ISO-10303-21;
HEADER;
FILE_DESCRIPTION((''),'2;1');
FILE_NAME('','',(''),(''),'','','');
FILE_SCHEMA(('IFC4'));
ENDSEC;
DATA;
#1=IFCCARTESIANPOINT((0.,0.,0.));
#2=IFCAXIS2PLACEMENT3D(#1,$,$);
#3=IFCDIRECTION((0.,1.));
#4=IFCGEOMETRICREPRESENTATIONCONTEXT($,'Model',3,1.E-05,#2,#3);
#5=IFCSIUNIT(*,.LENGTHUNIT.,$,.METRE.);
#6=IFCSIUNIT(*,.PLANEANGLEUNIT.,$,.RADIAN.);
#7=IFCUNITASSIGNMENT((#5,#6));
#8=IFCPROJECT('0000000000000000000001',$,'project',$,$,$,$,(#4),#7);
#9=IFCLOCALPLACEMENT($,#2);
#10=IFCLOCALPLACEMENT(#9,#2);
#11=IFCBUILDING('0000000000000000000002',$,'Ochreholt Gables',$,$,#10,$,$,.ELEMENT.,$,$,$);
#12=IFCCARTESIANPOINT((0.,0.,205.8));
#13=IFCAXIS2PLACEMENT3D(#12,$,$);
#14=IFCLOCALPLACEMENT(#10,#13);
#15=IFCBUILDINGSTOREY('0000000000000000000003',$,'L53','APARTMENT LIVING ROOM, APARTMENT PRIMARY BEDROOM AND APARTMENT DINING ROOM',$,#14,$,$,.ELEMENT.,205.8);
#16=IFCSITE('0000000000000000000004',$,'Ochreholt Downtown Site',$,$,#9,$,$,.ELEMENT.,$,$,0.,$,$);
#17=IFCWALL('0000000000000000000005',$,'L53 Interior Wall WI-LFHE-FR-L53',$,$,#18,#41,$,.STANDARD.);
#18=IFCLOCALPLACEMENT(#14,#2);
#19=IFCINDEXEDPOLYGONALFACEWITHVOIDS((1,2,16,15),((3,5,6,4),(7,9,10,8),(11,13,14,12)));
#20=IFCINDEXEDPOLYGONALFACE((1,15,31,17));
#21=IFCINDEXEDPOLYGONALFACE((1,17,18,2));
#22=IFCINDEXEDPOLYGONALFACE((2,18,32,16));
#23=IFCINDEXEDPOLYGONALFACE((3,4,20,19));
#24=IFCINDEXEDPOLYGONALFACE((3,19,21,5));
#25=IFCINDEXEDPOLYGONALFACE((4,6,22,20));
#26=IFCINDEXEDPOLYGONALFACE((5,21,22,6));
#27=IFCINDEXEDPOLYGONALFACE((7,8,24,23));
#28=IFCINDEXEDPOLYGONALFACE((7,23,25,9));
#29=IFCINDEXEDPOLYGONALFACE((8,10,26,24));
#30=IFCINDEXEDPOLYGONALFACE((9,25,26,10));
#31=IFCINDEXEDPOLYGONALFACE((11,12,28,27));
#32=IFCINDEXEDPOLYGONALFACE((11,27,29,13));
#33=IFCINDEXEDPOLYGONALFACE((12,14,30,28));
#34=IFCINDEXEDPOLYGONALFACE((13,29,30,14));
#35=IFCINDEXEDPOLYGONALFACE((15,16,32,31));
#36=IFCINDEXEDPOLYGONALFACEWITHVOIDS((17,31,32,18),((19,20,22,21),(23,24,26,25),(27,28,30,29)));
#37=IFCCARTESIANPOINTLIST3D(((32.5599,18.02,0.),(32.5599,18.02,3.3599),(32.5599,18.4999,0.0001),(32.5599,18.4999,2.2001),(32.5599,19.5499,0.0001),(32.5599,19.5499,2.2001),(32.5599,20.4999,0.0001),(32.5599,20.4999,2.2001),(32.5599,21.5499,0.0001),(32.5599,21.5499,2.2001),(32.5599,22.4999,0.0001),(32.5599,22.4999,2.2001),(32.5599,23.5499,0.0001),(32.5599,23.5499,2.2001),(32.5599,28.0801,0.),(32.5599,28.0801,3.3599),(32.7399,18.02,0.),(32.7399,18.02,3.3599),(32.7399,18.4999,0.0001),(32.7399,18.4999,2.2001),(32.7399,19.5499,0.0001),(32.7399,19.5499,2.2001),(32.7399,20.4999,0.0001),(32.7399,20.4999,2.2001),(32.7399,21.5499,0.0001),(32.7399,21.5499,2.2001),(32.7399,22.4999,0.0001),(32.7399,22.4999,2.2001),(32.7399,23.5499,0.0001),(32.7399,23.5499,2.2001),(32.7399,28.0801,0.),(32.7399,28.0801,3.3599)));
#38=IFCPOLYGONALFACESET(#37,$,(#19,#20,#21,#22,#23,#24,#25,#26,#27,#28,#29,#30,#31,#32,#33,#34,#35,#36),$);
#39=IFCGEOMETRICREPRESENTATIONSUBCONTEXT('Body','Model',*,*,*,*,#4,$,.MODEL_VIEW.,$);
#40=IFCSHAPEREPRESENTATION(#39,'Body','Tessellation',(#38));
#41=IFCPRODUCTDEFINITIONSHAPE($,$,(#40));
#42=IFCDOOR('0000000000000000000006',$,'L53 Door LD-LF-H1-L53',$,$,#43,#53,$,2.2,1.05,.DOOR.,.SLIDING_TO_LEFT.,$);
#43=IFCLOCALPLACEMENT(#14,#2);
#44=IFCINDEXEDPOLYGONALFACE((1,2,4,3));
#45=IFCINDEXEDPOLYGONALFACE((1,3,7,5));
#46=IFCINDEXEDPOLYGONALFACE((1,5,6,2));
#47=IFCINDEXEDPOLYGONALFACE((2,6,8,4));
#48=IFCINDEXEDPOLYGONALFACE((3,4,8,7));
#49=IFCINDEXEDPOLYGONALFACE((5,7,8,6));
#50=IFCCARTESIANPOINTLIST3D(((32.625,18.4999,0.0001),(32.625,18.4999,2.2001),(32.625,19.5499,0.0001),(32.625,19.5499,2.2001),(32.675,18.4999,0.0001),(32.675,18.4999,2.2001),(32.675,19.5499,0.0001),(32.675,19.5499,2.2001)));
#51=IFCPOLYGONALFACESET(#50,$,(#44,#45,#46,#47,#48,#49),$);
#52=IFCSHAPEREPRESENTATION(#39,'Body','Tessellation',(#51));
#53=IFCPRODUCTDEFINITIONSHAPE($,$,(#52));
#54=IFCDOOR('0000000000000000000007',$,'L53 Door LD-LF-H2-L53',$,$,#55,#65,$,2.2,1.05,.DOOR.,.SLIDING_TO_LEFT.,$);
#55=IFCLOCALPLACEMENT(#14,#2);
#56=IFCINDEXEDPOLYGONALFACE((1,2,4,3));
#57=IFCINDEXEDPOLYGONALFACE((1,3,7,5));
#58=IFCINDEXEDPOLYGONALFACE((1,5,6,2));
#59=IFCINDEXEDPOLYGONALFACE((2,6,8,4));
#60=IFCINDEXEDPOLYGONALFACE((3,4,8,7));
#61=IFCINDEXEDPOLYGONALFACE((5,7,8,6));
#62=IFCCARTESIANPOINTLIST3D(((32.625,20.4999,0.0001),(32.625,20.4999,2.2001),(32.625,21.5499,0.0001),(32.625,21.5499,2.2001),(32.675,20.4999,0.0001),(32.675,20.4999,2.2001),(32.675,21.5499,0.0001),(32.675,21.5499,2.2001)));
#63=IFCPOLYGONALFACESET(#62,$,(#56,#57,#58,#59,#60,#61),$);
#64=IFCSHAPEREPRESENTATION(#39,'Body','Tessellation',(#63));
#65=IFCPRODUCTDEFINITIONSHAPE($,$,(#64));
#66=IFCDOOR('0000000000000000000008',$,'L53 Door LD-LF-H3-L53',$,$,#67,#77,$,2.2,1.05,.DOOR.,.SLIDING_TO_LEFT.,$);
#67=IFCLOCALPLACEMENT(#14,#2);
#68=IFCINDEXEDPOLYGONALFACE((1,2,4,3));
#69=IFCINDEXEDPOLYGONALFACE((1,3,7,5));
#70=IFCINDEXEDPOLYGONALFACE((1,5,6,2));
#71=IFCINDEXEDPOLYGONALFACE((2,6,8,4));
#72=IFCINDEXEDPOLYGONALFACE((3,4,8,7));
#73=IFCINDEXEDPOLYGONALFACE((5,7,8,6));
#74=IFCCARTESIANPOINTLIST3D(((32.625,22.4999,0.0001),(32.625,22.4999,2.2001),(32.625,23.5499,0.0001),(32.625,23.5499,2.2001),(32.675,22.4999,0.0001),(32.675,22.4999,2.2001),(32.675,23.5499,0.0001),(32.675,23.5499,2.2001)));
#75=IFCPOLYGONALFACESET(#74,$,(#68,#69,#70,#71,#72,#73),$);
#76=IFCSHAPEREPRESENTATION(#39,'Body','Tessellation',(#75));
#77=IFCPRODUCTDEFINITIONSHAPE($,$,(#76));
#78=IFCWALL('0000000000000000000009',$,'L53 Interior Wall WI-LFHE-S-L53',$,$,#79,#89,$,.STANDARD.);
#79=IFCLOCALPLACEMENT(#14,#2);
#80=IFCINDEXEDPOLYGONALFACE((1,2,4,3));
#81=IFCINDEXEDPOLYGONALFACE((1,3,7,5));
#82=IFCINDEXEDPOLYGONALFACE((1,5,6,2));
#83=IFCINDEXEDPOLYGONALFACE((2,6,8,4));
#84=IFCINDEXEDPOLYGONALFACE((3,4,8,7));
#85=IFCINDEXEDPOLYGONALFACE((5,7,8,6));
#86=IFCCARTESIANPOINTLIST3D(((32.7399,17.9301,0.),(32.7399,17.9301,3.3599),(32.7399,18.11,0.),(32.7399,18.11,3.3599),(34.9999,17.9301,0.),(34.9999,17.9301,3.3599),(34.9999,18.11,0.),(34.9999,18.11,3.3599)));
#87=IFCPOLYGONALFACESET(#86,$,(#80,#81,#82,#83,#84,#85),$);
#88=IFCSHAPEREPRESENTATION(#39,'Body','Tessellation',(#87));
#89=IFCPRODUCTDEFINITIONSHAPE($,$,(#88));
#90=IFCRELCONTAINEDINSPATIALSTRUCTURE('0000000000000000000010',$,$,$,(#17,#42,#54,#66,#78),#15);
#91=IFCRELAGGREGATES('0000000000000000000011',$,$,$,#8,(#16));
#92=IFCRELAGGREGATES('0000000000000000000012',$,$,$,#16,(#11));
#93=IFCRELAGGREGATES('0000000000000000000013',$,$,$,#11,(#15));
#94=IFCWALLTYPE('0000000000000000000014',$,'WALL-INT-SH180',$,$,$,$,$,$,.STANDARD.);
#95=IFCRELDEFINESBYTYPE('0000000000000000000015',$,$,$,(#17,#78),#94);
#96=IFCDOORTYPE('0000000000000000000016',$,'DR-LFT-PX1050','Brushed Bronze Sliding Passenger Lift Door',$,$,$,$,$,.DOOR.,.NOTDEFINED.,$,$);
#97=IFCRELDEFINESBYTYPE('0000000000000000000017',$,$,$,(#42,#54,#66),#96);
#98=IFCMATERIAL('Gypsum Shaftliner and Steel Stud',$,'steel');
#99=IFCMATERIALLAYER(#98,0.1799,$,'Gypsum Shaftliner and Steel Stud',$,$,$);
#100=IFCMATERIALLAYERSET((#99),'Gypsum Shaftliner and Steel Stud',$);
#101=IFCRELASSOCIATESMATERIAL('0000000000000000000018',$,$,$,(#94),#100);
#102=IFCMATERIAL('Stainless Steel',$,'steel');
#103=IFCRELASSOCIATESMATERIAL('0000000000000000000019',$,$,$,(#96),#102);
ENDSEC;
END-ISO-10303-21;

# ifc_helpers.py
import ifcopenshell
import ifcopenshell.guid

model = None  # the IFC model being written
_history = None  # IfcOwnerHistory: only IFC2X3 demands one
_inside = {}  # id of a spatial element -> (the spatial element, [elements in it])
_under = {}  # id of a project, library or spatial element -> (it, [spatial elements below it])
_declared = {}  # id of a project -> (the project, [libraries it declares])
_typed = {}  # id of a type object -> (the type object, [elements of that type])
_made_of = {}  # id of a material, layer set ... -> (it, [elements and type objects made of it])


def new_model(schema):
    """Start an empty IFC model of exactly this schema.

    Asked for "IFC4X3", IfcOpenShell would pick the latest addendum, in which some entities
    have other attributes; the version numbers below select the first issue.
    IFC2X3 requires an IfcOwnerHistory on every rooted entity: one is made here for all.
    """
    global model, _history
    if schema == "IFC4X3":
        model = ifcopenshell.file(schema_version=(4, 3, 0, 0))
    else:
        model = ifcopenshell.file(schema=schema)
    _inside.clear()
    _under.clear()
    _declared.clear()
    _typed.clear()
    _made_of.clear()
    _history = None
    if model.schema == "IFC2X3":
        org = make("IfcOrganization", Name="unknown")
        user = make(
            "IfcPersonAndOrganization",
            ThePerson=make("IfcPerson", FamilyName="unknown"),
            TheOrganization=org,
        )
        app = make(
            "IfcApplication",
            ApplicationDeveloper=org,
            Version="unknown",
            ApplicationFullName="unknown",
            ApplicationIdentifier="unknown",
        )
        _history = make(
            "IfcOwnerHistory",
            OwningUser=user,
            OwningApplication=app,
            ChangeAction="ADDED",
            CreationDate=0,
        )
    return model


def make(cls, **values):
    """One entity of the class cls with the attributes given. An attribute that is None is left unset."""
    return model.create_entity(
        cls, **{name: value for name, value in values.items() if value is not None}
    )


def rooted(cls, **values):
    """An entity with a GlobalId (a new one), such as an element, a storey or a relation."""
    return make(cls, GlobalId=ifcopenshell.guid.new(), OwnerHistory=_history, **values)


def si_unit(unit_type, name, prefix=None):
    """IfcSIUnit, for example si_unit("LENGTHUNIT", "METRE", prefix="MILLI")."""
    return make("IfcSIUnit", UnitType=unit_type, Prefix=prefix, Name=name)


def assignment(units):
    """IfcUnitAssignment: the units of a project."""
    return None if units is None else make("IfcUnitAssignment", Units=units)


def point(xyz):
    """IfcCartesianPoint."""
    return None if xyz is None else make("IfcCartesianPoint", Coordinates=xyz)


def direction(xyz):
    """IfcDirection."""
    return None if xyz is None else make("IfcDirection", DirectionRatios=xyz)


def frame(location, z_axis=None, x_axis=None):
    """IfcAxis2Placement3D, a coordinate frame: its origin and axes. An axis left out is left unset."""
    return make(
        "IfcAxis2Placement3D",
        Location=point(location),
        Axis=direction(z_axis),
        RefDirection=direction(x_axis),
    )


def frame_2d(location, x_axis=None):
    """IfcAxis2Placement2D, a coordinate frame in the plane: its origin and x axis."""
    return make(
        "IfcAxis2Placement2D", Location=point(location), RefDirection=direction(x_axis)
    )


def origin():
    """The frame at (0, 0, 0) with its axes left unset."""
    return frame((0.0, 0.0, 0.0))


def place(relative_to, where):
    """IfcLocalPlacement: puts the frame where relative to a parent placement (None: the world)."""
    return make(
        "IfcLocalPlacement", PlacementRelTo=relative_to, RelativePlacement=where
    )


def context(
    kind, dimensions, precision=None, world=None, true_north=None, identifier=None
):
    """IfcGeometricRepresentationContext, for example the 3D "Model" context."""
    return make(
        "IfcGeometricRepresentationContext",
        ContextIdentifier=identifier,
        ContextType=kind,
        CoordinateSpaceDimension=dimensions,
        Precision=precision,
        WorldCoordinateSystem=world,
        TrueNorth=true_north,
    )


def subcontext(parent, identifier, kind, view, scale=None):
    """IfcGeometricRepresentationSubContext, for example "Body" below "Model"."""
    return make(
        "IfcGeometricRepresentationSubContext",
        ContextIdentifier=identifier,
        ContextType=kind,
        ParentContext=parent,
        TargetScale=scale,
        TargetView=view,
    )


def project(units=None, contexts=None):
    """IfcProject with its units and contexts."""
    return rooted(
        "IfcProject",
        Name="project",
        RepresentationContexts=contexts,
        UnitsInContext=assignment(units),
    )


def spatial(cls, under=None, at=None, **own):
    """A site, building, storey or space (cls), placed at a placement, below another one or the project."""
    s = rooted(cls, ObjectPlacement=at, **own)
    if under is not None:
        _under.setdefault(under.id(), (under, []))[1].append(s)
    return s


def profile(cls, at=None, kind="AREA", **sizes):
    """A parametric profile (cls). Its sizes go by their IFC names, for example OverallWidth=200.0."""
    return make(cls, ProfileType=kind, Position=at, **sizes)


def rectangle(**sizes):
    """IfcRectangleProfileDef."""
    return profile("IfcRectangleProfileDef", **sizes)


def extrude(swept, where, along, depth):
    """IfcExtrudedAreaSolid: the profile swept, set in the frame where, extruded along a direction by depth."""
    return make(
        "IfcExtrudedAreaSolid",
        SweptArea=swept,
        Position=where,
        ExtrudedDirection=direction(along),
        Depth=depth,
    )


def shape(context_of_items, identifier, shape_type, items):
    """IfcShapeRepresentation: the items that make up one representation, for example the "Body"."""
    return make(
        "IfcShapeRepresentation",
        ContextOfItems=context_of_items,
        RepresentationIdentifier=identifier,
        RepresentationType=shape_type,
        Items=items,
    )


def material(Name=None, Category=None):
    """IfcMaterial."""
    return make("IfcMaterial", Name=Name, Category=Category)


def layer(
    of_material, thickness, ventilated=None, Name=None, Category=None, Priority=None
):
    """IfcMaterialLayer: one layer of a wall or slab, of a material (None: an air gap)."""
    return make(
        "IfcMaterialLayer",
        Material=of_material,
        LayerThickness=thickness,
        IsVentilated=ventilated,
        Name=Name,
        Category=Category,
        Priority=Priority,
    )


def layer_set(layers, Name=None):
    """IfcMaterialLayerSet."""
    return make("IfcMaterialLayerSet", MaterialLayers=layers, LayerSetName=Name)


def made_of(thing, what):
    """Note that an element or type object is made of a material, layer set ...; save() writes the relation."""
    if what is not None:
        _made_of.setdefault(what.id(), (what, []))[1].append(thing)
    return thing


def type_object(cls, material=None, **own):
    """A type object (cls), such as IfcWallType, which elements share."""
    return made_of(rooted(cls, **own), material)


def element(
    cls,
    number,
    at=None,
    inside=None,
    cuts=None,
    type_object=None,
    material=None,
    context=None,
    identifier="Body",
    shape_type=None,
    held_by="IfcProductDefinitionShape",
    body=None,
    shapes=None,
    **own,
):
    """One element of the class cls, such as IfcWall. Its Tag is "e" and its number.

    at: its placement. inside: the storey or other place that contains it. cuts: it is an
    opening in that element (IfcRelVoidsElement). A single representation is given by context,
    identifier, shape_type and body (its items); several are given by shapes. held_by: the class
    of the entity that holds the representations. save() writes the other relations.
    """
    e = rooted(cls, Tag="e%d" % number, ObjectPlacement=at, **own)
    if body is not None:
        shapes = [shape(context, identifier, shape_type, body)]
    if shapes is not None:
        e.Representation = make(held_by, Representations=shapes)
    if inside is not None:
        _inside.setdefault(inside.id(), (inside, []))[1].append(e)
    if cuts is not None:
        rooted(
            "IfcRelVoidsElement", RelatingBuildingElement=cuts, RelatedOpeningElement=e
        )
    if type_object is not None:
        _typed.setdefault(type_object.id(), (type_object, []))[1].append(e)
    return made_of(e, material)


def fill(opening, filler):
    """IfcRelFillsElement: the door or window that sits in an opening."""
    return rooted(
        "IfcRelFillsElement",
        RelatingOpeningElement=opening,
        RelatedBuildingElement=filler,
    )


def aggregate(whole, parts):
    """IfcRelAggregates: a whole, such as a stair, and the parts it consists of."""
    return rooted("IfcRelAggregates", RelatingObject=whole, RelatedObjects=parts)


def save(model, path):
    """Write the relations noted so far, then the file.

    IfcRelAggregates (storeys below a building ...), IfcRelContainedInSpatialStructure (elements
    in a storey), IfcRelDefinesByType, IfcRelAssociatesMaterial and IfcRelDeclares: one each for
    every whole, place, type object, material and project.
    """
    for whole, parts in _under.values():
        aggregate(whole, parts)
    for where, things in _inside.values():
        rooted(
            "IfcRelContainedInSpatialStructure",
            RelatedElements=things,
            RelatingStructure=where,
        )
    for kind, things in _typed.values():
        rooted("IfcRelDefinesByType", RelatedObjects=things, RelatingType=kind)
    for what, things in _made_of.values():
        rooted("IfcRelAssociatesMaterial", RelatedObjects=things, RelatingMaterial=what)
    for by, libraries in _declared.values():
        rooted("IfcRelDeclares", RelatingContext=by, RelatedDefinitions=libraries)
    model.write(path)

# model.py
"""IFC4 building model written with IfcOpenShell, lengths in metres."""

from ifc_helpers import new_model, si_unit, direction, frame, frame_2d, origin, place, context, subcontext, project, spatial, rectangle, extrude, material, layer, layer_set, type_object, element, fill, save


model = new_model("IFC4")

# Units and contexts
model_context = context("Model", 3, precision=1e-05, world=origin(), true_north=direction((0.0, 1.0)))
body_context = subcontext(model_context, "Body", "Model", "MODEL_VIEW")
ifc_project = project(units=[si_unit("LENGTHUNIT", "METRE"), si_unit("PLANEANGLEUNIT", "RADIAN")], contexts=[model_context])

# Site, building, storey
site_placement = place(None, origin())
site = spatial("IfcSite", under=ifc_project, at=site_placement, Name="Ochreholt Downtown Site", CompositionType="ELEMENT", RefElevation=0.0)
building_placement = place(site_placement, origin())
building = spatial("IfcBuilding", under=site, at=building_placement, Name="Ochreholt Gables", CompositionType="ELEMENT")
storey_placement = place(building_placement, frame((0.0, 0.0, 205.8)))
storey = spatial("IfcBuildingStorey", under=building, at=storey_placement, Name="L53", Description="APARTMENT LIVING ROOM, APARTMENT PRIMARY BEDROOM AND APARTMENT DINING ROOM", CompositionType="ELEMENT", Elevation=205.8)

# Shared definitions
ifc_material_1 = material(Name="Gypsum Shaftliner and Steel Stud", Category="steel")
ifc_layer_1 = layer(ifc_material_1, 0.1799, Name="Gypsum Shaftliner and Steel Stud")
ifc_layer_set_1 = layer_set([ifc_layer_1], Name="Gypsum Shaftliner and Steel Stud")
wall_type_1 = type_object("IfcWallType", Name="WALL-INT-SH180", PredefinedType="STANDARD", material=ifc_layer_set_1)

# Wall, openings, doors
wall_1_placement = place(storey_placement, frame((32.6499, 18.02, 0.0), z_axis=(0.0, 0.0, 1.0), x_axis=(0.0, 1.0, 0.0)))
wall_1 = element("IfcWall", 1, at=wall_1_placement, inside=storey, type_object=wall_type_1, Name="L53 Interior Wall WI-LFHE-FR-L53", PredefinedType="STANDARD", context=body_context, shape_type="SweptSolid", body=[
    extrude(rectangle(XDim=10.0601, YDim=0.1799, at=frame_2d((5.03, 0.0))), origin(), (0.0, 0.0, 1.0), 3.3599),
])
opening_1_placement = place(wall_1_placement, frame((0.48, 0.0, 0.0)))
opening_1 = element("IfcOpeningElement", 2, at=opening_1_placement, cuts=wall_1, PredefinedType="OPENING", context=body_context, shape_type="SweptSolid", body=[
    extrude(rectangle(XDim=1.05, YDim=2.2, at=frame_2d((0.5249, 1.1001))), frame((0.0, 0.0999, 0.0), z_axis=(0.0, -1.0, 0.0), x_axis=(1.0, 0.0, 0.0)), (0.0, 0.0, 1.0), 0.2),
])
opening_2_placement = place(wall_1_placement, frame((2.48, 0.0, 0.0)))
opening_2 = element("IfcOpeningElement", 3, at=opening_2_placement, cuts=wall_1, PredefinedType="OPENING", context=body_context, shape_type="SweptSolid", body=[
    extrude(rectangle(XDim=1.05, YDim=2.2, at=frame_2d((0.5249, 1.1001))), frame((0.0, 0.0999, 0.0), z_axis=(0.0, -1.0, 0.0), x_axis=(1.0, 0.0, 0.0)), (0.0, 0.0, 1.0), 0.2),
])
opening_3_placement = place(wall_1_placement, frame((4.48, 0.0, 0.0)))
opening_3 = element("IfcOpeningElement", 4, at=opening_3_placement, cuts=wall_1, PredefinedType="OPENING", context=body_context, shape_type="SweptSolid", body=[
    extrude(rectangle(XDim=1.05, YDim=2.2, at=frame_2d((0.5249, 1.1001))), frame((0.0, 0.0999, 0.0), z_axis=(0.0, -1.0, 0.0), x_axis=(1.0, 0.0, 0.0)), (0.0, 0.0, 1.0), 0.2),
])
ifc_material_2 = material(Name="Stainless Steel", Category="steel")
door_type_1 = type_object("IfcDoorType", Name="DR-LFT-PX1050", Description="Brushed Bronze Sliding Passenger Lift Door", OperationType="NOTDEFINED", PredefinedType="DOOR", material=ifc_material_2)
door_1_placement = place(opening_1_placement, origin())
door_1 = element("IfcDoor", 5, at=door_1_placement, inside=storey, type_object=door_type_1, Name="L53 Door LD-LF-H1-L53", OperationType="SLIDING_TO_LEFT", OverallHeight=2.2, OverallWidth=1.05, PredefinedType="DOOR", context=body_context, shape_type="SweptSolid", body=[
    extrude(rectangle(XDim=1.05, YDim=2.2, at=frame_2d((0.5249, 1.1001))), frame((0.0, 0.0249, 0.0), z_axis=(0.0, -1.0, 0.0), x_axis=(1.0, 0.0, 0.0)), (0.0, 0.0, 1.0), 0.05),
])
fill(opening_1, door_1)
door_2_placement = place(opening_2_placement, origin())
door_2 = element("IfcDoor", 6, at=door_2_placement, inside=storey, type_object=door_type_1, Name="L53 Door LD-LF-H2-L53", OperationType="SLIDING_TO_LEFT", OverallHeight=2.2, OverallWidth=1.05, PredefinedType="DOOR", context=body_context, shape_type="SweptSolid", body=[
    extrude(rectangle(XDim=1.05, YDim=2.2, at=frame_2d((0.5249, 1.1001))), frame((0.0, 0.0249, 0.0), z_axis=(0.0, -1.0, 0.0), x_axis=(1.0, 0.0, 0.0)), (0.0, 0.0, 1.0), 0.05),
])
fill(opening_2, door_2)
door_3_placement = place(opening_3_placement, origin())
door_3 = element("IfcDoor", 7, at=door_3_placement, inside=storey, type_object=door_type_1, Name="L53 Door LD-LF-H3-L53", OperationType="SLIDING_TO_LEFT", OverallHeight=2.2, OverallWidth=1.05, PredefinedType="DOOR", context=body_context, shape_type="SweptSolid", body=[
    extrude(rectangle(XDim=1.05, YDim=2.2, at=frame_2d((0.5249, 1.1001))), frame((0.0, 0.0249, 0.0), z_axis=(0.0, -1.0, 0.0), x_axis=(1.0, 0.0, 0.0)), (0.0, 0.0, 1.0), 0.05),
])
fill(opening_3, door_3)

# Wall
wall_2_placement = place(storey_placement, frame((32.74, 18.02, 0.0), z_axis=(0.0, 0.0, 1.0), x_axis=(1.0, 0.0, 0.0)))
element("IfcWall", 8, at=wall_2_placement, inside=storey, type_object=wall_type_1, Name="L53 Interior Wall WI-LFHE-S-L53", PredefinedType="STANDARD", context=body_context, shape_type="SweptSolid", body=[
    extrude(rectangle(XDim=2.26, YDim=0.1799, at=frame_2d((1.1299, 0.0))), origin(), (0.0, 0.0, 1.0), 3.3599),
])

save(model, "model.ifc")
